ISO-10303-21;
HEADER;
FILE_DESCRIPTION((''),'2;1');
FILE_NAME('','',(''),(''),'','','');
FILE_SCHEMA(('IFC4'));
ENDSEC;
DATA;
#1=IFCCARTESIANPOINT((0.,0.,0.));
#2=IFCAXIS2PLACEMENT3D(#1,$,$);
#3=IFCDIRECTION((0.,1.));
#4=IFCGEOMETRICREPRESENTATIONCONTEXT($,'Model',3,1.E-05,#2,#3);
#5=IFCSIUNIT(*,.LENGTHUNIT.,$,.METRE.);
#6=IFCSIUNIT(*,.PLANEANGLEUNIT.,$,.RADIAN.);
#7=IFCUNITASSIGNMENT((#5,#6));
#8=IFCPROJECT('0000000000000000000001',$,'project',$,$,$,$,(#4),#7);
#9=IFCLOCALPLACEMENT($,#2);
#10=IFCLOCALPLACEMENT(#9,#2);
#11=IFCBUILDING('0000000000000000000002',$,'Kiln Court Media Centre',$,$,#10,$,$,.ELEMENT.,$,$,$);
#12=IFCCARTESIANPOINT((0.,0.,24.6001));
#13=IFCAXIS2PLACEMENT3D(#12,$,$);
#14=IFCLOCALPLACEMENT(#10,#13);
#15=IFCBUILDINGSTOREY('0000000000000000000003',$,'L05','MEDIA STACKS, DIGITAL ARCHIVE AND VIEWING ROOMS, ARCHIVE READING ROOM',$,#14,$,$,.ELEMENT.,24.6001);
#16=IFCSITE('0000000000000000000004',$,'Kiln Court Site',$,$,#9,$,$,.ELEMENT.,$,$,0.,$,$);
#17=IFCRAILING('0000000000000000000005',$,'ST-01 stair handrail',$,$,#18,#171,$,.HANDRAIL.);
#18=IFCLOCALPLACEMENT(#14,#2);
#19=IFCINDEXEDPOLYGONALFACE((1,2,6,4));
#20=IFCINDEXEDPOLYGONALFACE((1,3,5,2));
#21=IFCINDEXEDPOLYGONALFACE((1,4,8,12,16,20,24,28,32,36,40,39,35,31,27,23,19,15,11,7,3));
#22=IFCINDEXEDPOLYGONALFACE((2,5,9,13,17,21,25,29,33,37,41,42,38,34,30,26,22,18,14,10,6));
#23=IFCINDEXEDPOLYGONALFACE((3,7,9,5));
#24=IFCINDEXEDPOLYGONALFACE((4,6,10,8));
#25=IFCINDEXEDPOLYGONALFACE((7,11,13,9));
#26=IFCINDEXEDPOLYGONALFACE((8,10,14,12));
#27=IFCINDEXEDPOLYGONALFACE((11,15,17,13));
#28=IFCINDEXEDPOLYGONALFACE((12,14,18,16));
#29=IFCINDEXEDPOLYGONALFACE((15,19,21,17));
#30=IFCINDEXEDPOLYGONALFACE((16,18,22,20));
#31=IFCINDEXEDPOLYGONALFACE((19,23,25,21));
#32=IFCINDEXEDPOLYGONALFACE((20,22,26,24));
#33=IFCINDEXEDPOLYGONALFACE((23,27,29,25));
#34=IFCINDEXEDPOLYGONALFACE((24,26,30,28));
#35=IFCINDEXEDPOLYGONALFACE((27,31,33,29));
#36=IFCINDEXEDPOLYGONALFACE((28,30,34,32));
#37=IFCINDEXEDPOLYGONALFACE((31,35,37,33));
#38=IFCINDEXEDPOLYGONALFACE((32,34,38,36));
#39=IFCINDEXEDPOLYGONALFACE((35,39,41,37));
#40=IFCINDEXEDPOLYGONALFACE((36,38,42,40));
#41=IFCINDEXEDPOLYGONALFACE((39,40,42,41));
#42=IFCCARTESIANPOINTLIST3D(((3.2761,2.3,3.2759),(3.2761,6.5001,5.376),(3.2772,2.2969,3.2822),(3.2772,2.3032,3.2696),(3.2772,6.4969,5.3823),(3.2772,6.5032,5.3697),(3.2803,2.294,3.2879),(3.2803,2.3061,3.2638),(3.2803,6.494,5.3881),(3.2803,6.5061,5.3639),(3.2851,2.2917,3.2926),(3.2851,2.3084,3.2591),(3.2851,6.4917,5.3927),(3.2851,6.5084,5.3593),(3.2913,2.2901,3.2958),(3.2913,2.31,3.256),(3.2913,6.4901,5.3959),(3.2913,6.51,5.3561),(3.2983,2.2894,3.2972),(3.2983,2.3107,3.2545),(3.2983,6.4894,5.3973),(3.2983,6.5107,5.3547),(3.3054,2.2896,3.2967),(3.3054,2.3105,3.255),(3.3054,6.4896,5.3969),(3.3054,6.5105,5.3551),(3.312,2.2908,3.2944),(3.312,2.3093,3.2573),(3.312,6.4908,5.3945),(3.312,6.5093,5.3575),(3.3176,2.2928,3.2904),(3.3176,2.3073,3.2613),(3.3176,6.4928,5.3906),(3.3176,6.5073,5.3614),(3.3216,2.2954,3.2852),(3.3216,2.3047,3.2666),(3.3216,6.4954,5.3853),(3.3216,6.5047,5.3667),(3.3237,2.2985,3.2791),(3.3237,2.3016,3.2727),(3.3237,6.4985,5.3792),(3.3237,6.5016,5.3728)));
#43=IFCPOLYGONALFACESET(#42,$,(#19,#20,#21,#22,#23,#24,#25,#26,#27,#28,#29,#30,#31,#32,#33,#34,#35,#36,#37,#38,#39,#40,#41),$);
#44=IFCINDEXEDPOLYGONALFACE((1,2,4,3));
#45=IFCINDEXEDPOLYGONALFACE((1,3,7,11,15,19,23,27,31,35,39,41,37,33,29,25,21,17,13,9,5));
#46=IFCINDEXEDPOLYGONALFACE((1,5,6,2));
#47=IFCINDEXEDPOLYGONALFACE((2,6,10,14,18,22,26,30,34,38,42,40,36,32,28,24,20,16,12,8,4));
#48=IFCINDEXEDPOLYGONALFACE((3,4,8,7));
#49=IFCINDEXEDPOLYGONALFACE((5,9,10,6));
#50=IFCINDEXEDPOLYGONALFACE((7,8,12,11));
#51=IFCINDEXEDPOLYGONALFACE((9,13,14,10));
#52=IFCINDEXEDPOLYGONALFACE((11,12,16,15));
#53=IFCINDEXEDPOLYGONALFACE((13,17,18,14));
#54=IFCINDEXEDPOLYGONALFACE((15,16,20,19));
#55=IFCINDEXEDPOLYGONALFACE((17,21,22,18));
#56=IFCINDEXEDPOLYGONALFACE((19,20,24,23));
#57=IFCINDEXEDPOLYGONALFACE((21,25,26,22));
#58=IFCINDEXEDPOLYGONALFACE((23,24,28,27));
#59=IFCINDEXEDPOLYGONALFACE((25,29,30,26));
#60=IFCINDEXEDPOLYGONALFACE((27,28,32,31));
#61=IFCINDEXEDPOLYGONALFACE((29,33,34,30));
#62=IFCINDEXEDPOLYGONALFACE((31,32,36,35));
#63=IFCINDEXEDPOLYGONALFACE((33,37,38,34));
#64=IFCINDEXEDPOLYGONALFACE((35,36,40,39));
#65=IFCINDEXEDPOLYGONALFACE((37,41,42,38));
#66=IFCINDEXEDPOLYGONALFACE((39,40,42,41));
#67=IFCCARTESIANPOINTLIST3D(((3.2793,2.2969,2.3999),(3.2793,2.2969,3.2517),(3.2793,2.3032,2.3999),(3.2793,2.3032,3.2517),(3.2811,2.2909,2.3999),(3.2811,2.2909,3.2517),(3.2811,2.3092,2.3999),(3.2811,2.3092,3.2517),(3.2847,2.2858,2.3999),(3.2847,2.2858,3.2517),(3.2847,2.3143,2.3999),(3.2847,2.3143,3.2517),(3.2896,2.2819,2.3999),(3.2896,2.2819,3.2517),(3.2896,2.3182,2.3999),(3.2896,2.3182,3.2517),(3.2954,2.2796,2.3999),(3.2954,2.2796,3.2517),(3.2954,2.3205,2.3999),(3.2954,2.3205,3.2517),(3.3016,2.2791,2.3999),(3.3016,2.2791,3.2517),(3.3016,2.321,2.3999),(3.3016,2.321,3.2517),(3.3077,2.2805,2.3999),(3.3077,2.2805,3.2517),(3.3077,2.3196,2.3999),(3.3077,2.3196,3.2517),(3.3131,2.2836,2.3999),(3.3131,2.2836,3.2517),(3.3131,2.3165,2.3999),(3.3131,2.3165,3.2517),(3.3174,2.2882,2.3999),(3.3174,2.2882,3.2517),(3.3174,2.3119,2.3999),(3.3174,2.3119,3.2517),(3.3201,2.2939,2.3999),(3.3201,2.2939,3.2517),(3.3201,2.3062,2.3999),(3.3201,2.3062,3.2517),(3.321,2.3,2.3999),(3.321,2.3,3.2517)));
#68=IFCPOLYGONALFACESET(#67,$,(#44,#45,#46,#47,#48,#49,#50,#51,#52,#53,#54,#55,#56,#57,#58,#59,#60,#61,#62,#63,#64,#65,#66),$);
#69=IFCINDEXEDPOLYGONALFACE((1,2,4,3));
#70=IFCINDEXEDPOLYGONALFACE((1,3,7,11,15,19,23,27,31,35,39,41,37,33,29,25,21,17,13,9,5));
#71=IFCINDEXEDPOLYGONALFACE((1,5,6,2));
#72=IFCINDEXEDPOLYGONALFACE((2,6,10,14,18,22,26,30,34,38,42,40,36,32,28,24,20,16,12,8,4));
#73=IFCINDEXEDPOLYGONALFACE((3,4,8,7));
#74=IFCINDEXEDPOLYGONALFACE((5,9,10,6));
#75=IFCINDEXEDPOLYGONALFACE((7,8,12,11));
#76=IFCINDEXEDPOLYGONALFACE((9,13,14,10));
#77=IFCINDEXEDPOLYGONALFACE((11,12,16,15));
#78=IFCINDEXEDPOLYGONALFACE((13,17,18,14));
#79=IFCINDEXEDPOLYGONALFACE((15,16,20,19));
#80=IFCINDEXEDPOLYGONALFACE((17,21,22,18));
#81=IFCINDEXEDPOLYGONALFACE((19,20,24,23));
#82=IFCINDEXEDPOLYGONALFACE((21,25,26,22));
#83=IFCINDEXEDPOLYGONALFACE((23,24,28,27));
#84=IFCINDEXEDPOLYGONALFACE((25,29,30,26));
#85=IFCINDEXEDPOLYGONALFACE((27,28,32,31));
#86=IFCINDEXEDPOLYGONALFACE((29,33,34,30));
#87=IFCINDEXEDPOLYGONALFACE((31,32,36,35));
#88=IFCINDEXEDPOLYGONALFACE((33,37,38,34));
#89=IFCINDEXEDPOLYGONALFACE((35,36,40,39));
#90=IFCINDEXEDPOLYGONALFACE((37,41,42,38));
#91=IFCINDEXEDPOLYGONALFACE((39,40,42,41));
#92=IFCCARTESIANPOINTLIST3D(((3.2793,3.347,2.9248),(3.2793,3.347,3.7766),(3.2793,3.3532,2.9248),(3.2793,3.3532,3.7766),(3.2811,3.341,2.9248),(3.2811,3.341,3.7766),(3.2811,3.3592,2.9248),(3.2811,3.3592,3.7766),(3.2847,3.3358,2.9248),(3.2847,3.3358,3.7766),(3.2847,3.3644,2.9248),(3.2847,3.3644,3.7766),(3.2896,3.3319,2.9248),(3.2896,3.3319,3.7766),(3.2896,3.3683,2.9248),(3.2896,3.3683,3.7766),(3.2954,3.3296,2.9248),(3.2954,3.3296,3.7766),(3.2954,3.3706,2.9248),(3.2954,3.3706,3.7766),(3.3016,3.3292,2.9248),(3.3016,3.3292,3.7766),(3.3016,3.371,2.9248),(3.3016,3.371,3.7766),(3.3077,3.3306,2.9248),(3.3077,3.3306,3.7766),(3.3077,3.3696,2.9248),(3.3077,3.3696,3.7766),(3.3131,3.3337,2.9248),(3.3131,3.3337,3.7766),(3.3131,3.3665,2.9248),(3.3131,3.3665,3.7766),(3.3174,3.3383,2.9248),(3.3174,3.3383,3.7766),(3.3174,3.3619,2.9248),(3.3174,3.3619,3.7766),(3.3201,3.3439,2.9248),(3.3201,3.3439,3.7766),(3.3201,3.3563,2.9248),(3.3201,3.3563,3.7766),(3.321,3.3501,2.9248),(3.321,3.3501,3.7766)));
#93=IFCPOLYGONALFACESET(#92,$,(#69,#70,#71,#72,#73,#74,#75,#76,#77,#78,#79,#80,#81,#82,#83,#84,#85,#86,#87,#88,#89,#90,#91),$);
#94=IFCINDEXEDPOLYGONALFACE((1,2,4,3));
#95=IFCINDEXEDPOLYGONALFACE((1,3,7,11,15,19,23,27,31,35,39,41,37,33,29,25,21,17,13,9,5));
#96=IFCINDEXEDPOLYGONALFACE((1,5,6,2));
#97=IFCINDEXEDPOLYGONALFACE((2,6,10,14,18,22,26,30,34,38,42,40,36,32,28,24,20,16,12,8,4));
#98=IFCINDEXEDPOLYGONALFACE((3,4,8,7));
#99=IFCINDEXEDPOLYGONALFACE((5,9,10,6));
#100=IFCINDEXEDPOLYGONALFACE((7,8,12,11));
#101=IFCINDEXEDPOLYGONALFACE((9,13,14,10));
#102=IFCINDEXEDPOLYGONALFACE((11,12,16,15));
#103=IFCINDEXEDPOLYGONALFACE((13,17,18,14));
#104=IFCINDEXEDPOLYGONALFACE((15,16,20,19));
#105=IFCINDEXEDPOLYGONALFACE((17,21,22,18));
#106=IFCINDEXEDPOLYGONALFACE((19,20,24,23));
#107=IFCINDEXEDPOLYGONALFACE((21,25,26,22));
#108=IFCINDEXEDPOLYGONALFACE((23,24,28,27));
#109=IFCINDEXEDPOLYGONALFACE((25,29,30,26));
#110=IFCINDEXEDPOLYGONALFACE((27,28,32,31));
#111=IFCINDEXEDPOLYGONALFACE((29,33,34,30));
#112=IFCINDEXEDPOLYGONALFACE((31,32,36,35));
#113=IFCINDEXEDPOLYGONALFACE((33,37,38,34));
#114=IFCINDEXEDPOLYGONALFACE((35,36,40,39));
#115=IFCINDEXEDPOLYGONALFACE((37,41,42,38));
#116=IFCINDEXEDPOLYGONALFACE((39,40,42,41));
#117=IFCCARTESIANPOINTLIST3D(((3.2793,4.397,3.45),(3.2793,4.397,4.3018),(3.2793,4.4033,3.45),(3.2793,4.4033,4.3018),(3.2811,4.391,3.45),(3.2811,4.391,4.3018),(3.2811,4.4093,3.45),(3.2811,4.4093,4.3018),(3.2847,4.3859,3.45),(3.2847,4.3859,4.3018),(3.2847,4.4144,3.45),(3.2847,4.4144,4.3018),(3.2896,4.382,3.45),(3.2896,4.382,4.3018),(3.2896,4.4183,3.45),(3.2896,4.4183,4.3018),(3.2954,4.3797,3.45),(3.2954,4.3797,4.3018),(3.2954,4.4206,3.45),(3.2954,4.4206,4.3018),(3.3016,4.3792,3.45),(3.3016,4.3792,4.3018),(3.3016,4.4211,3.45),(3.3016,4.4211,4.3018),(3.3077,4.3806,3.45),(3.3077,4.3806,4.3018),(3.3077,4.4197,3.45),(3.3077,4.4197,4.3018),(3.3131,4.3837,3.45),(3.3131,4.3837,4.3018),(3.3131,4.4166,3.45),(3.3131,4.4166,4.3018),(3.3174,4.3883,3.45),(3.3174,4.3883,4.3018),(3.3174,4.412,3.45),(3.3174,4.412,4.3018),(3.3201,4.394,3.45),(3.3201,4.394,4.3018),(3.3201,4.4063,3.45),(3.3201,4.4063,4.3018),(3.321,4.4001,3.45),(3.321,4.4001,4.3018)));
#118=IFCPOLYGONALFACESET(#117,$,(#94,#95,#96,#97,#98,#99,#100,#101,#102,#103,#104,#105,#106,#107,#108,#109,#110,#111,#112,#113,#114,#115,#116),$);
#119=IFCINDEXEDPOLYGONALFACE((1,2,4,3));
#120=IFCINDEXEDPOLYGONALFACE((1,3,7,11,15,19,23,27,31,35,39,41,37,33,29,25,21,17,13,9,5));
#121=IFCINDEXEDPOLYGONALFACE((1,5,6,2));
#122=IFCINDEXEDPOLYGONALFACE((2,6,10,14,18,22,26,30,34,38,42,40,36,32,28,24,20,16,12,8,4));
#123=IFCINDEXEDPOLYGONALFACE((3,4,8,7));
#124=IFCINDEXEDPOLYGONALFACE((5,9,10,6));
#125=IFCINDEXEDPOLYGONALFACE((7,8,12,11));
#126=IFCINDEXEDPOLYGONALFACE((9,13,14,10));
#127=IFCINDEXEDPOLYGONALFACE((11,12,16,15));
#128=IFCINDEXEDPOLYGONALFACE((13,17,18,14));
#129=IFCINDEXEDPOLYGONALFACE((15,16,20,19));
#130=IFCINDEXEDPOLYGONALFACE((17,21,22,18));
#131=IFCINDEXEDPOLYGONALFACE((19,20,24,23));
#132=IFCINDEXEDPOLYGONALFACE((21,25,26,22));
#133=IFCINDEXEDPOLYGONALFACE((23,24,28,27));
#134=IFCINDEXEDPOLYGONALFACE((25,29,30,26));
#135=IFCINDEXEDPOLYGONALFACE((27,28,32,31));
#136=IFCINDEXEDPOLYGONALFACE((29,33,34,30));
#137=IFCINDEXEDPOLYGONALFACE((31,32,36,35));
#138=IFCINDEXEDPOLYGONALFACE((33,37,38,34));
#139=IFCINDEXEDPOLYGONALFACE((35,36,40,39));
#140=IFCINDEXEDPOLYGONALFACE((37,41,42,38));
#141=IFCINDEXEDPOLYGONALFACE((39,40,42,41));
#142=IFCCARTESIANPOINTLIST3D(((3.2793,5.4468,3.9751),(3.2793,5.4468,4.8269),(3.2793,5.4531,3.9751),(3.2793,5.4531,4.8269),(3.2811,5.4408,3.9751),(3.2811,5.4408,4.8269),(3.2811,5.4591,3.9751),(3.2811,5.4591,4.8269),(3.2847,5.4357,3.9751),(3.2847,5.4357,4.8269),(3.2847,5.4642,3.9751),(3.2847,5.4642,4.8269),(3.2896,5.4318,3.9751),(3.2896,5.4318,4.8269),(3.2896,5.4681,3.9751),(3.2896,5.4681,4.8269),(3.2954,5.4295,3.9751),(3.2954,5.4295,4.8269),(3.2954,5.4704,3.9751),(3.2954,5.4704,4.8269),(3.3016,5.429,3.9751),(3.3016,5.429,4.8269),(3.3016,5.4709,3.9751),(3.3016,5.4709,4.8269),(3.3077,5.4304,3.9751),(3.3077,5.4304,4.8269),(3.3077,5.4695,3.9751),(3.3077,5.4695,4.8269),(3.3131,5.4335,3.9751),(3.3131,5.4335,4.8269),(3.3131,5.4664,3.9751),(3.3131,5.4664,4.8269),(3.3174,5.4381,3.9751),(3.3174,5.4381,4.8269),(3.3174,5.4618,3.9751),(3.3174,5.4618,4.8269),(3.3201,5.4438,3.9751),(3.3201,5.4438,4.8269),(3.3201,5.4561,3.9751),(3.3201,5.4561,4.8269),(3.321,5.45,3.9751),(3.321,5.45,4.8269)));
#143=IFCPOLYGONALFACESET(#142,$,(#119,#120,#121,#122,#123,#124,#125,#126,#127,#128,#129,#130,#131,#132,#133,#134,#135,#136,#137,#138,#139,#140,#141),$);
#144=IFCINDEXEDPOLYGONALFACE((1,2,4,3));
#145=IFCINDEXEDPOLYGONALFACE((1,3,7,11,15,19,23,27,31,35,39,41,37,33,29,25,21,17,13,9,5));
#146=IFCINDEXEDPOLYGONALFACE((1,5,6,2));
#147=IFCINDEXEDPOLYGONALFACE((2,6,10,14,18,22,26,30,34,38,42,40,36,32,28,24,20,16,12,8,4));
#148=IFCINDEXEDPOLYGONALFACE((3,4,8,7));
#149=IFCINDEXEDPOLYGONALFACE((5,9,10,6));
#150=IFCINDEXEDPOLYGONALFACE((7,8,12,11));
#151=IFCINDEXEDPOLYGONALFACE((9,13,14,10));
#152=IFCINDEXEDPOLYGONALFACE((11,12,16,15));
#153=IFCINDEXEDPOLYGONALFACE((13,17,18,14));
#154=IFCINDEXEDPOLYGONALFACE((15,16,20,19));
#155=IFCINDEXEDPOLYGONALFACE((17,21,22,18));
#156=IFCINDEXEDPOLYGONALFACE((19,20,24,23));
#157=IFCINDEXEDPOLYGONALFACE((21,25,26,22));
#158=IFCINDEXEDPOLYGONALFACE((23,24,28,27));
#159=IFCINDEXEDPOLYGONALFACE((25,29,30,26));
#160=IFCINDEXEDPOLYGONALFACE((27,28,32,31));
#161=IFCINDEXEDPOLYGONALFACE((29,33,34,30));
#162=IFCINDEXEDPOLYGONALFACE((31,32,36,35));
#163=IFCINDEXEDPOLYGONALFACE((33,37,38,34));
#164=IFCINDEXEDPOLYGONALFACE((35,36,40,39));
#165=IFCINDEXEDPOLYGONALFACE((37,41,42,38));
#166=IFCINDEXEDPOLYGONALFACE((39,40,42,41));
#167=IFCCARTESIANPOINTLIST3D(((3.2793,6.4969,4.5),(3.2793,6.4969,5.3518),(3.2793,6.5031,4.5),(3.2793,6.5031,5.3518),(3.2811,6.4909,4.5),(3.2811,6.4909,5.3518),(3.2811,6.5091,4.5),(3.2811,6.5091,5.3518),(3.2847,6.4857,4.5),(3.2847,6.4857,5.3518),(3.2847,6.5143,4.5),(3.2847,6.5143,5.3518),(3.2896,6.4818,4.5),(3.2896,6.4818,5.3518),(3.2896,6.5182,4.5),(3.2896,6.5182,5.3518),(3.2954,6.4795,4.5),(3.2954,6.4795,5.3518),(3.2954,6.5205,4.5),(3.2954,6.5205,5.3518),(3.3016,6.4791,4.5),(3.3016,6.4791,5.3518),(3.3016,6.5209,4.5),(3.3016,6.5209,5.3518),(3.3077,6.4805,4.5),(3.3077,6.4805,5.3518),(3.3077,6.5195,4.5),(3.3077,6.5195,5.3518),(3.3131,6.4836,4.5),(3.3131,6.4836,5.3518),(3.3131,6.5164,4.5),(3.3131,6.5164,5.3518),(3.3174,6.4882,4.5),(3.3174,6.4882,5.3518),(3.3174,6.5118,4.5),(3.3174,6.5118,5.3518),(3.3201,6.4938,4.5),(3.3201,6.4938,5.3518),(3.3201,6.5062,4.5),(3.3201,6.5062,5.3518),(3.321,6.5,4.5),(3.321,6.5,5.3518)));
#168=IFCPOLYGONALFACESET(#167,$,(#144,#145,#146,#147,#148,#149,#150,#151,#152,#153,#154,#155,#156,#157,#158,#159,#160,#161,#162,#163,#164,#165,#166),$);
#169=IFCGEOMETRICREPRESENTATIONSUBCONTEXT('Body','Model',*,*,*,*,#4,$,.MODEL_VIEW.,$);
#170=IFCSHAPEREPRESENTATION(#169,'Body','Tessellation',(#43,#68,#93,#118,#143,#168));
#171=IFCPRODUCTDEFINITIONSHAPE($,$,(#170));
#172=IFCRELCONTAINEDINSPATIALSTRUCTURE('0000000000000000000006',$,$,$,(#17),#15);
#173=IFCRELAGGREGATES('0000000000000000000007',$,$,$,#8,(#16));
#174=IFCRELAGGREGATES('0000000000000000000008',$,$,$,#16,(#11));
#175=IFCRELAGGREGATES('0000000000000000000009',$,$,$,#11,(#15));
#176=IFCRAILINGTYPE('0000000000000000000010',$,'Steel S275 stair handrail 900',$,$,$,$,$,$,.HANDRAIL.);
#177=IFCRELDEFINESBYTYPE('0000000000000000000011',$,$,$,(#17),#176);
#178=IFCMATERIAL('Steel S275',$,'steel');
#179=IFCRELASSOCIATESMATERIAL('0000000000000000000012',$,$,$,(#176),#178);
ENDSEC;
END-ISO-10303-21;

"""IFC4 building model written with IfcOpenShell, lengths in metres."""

from ifc_helpers import new_model, si_unit, direction, frame, origin, origin_2d, place, context, subcontext, project, spatial, circle, extrude, material, type_object, element, save


model = new_model("IFC4")

# Units and contexts
model_context = context("Model", 3, precision=1e-05, world=origin(), true_north=direction((0.0, 1.0)))
body_context = subcontext(model_context, "Body", "Model", "MODEL_VIEW")
ifc_project = project(units=[si_unit("LENGTHUNIT", "METRE"), si_unit("PLANEANGLEUNIT", "RADIAN")], contexts=[model_context])

# Site, building, storey
site_placement = place(None, origin())
site = spatial("IfcSite", under=ifc_project, at=site_placement, Name="Kiln Court Site", CompositionType="ELEMENT", RefElevation=0.0)
building_placement = place(site_placement, origin())
building = spatial("IfcBuilding", under=site, at=building_placement, Name="Kiln Court Media Centre", CompositionType="ELEMENT")
storey_placement = place(building_placement, frame((0.0, 0.0, 24.6001)))
storey = spatial("IfcBuildingStorey", under=building, at=storey_placement, Name="L05", Description="MEDIA STACKS, DIGITAL ARCHIVE AND VIEWING ROOMS, ARCHIVE READING ROOM", CompositionType="ELEMENT", Elevation=24.6001)

# Railing
ifc_material_1 = material(Name="Steel S275", Category="steel")
railing_type_1 = type_object("IfcRailingType", Name="Steel S275 stair handrail 900", PredefinedType="HANDRAIL", material=ifc_material_1)
railing_1_placement = place(storey_placement, frame((3.3, 2.3, 2.3999)))
element("IfcRailing", 1, at=railing_1_placement, inside=storey, type_object=railing_type_1, Name="ST-01 stair handrail", PredefinedType="HANDRAIL", context=body_context, shape_type="SweptSolid", body=[
    extrude(circle(Radius=0.0239, at=origin_2d()), frame((0.0, 0.0, 0.876), z_axis=(0.0, 0.894417, 0.447234), x_axis=(-1.0, 0.0, 0.0)), (0.0, 0.0, 1.0), 4.6958),
    extrude(circle(Radius=0.021, at=origin_2d()), origin(), (0.0, 0.0, 1.0), 0.8518),
    extrude(circle(Radius=0.021, at=origin_2d()), frame((0.0, 1.05, 0.5249)), (0.0, 0.0, 1.0), 0.8518),
    extrude(circle(Radius=0.021, at=origin_2d()), frame((0.0, 2.1001, 1.05)), (0.0, 0.0, 1.0), 0.8518),
    extrude(circle(Radius=0.021, at=origin_2d()), frame((0.0, 3.1499, 1.5752)), (0.0, 0.0, 1.0), 0.8518),
    extrude(circle(Radius=0.021, at=origin_2d()), frame((0.0, 4.2, 2.1001)), (0.0, 0.0, 1.0), 0.8518),
])

save(model, "model.ifc")
